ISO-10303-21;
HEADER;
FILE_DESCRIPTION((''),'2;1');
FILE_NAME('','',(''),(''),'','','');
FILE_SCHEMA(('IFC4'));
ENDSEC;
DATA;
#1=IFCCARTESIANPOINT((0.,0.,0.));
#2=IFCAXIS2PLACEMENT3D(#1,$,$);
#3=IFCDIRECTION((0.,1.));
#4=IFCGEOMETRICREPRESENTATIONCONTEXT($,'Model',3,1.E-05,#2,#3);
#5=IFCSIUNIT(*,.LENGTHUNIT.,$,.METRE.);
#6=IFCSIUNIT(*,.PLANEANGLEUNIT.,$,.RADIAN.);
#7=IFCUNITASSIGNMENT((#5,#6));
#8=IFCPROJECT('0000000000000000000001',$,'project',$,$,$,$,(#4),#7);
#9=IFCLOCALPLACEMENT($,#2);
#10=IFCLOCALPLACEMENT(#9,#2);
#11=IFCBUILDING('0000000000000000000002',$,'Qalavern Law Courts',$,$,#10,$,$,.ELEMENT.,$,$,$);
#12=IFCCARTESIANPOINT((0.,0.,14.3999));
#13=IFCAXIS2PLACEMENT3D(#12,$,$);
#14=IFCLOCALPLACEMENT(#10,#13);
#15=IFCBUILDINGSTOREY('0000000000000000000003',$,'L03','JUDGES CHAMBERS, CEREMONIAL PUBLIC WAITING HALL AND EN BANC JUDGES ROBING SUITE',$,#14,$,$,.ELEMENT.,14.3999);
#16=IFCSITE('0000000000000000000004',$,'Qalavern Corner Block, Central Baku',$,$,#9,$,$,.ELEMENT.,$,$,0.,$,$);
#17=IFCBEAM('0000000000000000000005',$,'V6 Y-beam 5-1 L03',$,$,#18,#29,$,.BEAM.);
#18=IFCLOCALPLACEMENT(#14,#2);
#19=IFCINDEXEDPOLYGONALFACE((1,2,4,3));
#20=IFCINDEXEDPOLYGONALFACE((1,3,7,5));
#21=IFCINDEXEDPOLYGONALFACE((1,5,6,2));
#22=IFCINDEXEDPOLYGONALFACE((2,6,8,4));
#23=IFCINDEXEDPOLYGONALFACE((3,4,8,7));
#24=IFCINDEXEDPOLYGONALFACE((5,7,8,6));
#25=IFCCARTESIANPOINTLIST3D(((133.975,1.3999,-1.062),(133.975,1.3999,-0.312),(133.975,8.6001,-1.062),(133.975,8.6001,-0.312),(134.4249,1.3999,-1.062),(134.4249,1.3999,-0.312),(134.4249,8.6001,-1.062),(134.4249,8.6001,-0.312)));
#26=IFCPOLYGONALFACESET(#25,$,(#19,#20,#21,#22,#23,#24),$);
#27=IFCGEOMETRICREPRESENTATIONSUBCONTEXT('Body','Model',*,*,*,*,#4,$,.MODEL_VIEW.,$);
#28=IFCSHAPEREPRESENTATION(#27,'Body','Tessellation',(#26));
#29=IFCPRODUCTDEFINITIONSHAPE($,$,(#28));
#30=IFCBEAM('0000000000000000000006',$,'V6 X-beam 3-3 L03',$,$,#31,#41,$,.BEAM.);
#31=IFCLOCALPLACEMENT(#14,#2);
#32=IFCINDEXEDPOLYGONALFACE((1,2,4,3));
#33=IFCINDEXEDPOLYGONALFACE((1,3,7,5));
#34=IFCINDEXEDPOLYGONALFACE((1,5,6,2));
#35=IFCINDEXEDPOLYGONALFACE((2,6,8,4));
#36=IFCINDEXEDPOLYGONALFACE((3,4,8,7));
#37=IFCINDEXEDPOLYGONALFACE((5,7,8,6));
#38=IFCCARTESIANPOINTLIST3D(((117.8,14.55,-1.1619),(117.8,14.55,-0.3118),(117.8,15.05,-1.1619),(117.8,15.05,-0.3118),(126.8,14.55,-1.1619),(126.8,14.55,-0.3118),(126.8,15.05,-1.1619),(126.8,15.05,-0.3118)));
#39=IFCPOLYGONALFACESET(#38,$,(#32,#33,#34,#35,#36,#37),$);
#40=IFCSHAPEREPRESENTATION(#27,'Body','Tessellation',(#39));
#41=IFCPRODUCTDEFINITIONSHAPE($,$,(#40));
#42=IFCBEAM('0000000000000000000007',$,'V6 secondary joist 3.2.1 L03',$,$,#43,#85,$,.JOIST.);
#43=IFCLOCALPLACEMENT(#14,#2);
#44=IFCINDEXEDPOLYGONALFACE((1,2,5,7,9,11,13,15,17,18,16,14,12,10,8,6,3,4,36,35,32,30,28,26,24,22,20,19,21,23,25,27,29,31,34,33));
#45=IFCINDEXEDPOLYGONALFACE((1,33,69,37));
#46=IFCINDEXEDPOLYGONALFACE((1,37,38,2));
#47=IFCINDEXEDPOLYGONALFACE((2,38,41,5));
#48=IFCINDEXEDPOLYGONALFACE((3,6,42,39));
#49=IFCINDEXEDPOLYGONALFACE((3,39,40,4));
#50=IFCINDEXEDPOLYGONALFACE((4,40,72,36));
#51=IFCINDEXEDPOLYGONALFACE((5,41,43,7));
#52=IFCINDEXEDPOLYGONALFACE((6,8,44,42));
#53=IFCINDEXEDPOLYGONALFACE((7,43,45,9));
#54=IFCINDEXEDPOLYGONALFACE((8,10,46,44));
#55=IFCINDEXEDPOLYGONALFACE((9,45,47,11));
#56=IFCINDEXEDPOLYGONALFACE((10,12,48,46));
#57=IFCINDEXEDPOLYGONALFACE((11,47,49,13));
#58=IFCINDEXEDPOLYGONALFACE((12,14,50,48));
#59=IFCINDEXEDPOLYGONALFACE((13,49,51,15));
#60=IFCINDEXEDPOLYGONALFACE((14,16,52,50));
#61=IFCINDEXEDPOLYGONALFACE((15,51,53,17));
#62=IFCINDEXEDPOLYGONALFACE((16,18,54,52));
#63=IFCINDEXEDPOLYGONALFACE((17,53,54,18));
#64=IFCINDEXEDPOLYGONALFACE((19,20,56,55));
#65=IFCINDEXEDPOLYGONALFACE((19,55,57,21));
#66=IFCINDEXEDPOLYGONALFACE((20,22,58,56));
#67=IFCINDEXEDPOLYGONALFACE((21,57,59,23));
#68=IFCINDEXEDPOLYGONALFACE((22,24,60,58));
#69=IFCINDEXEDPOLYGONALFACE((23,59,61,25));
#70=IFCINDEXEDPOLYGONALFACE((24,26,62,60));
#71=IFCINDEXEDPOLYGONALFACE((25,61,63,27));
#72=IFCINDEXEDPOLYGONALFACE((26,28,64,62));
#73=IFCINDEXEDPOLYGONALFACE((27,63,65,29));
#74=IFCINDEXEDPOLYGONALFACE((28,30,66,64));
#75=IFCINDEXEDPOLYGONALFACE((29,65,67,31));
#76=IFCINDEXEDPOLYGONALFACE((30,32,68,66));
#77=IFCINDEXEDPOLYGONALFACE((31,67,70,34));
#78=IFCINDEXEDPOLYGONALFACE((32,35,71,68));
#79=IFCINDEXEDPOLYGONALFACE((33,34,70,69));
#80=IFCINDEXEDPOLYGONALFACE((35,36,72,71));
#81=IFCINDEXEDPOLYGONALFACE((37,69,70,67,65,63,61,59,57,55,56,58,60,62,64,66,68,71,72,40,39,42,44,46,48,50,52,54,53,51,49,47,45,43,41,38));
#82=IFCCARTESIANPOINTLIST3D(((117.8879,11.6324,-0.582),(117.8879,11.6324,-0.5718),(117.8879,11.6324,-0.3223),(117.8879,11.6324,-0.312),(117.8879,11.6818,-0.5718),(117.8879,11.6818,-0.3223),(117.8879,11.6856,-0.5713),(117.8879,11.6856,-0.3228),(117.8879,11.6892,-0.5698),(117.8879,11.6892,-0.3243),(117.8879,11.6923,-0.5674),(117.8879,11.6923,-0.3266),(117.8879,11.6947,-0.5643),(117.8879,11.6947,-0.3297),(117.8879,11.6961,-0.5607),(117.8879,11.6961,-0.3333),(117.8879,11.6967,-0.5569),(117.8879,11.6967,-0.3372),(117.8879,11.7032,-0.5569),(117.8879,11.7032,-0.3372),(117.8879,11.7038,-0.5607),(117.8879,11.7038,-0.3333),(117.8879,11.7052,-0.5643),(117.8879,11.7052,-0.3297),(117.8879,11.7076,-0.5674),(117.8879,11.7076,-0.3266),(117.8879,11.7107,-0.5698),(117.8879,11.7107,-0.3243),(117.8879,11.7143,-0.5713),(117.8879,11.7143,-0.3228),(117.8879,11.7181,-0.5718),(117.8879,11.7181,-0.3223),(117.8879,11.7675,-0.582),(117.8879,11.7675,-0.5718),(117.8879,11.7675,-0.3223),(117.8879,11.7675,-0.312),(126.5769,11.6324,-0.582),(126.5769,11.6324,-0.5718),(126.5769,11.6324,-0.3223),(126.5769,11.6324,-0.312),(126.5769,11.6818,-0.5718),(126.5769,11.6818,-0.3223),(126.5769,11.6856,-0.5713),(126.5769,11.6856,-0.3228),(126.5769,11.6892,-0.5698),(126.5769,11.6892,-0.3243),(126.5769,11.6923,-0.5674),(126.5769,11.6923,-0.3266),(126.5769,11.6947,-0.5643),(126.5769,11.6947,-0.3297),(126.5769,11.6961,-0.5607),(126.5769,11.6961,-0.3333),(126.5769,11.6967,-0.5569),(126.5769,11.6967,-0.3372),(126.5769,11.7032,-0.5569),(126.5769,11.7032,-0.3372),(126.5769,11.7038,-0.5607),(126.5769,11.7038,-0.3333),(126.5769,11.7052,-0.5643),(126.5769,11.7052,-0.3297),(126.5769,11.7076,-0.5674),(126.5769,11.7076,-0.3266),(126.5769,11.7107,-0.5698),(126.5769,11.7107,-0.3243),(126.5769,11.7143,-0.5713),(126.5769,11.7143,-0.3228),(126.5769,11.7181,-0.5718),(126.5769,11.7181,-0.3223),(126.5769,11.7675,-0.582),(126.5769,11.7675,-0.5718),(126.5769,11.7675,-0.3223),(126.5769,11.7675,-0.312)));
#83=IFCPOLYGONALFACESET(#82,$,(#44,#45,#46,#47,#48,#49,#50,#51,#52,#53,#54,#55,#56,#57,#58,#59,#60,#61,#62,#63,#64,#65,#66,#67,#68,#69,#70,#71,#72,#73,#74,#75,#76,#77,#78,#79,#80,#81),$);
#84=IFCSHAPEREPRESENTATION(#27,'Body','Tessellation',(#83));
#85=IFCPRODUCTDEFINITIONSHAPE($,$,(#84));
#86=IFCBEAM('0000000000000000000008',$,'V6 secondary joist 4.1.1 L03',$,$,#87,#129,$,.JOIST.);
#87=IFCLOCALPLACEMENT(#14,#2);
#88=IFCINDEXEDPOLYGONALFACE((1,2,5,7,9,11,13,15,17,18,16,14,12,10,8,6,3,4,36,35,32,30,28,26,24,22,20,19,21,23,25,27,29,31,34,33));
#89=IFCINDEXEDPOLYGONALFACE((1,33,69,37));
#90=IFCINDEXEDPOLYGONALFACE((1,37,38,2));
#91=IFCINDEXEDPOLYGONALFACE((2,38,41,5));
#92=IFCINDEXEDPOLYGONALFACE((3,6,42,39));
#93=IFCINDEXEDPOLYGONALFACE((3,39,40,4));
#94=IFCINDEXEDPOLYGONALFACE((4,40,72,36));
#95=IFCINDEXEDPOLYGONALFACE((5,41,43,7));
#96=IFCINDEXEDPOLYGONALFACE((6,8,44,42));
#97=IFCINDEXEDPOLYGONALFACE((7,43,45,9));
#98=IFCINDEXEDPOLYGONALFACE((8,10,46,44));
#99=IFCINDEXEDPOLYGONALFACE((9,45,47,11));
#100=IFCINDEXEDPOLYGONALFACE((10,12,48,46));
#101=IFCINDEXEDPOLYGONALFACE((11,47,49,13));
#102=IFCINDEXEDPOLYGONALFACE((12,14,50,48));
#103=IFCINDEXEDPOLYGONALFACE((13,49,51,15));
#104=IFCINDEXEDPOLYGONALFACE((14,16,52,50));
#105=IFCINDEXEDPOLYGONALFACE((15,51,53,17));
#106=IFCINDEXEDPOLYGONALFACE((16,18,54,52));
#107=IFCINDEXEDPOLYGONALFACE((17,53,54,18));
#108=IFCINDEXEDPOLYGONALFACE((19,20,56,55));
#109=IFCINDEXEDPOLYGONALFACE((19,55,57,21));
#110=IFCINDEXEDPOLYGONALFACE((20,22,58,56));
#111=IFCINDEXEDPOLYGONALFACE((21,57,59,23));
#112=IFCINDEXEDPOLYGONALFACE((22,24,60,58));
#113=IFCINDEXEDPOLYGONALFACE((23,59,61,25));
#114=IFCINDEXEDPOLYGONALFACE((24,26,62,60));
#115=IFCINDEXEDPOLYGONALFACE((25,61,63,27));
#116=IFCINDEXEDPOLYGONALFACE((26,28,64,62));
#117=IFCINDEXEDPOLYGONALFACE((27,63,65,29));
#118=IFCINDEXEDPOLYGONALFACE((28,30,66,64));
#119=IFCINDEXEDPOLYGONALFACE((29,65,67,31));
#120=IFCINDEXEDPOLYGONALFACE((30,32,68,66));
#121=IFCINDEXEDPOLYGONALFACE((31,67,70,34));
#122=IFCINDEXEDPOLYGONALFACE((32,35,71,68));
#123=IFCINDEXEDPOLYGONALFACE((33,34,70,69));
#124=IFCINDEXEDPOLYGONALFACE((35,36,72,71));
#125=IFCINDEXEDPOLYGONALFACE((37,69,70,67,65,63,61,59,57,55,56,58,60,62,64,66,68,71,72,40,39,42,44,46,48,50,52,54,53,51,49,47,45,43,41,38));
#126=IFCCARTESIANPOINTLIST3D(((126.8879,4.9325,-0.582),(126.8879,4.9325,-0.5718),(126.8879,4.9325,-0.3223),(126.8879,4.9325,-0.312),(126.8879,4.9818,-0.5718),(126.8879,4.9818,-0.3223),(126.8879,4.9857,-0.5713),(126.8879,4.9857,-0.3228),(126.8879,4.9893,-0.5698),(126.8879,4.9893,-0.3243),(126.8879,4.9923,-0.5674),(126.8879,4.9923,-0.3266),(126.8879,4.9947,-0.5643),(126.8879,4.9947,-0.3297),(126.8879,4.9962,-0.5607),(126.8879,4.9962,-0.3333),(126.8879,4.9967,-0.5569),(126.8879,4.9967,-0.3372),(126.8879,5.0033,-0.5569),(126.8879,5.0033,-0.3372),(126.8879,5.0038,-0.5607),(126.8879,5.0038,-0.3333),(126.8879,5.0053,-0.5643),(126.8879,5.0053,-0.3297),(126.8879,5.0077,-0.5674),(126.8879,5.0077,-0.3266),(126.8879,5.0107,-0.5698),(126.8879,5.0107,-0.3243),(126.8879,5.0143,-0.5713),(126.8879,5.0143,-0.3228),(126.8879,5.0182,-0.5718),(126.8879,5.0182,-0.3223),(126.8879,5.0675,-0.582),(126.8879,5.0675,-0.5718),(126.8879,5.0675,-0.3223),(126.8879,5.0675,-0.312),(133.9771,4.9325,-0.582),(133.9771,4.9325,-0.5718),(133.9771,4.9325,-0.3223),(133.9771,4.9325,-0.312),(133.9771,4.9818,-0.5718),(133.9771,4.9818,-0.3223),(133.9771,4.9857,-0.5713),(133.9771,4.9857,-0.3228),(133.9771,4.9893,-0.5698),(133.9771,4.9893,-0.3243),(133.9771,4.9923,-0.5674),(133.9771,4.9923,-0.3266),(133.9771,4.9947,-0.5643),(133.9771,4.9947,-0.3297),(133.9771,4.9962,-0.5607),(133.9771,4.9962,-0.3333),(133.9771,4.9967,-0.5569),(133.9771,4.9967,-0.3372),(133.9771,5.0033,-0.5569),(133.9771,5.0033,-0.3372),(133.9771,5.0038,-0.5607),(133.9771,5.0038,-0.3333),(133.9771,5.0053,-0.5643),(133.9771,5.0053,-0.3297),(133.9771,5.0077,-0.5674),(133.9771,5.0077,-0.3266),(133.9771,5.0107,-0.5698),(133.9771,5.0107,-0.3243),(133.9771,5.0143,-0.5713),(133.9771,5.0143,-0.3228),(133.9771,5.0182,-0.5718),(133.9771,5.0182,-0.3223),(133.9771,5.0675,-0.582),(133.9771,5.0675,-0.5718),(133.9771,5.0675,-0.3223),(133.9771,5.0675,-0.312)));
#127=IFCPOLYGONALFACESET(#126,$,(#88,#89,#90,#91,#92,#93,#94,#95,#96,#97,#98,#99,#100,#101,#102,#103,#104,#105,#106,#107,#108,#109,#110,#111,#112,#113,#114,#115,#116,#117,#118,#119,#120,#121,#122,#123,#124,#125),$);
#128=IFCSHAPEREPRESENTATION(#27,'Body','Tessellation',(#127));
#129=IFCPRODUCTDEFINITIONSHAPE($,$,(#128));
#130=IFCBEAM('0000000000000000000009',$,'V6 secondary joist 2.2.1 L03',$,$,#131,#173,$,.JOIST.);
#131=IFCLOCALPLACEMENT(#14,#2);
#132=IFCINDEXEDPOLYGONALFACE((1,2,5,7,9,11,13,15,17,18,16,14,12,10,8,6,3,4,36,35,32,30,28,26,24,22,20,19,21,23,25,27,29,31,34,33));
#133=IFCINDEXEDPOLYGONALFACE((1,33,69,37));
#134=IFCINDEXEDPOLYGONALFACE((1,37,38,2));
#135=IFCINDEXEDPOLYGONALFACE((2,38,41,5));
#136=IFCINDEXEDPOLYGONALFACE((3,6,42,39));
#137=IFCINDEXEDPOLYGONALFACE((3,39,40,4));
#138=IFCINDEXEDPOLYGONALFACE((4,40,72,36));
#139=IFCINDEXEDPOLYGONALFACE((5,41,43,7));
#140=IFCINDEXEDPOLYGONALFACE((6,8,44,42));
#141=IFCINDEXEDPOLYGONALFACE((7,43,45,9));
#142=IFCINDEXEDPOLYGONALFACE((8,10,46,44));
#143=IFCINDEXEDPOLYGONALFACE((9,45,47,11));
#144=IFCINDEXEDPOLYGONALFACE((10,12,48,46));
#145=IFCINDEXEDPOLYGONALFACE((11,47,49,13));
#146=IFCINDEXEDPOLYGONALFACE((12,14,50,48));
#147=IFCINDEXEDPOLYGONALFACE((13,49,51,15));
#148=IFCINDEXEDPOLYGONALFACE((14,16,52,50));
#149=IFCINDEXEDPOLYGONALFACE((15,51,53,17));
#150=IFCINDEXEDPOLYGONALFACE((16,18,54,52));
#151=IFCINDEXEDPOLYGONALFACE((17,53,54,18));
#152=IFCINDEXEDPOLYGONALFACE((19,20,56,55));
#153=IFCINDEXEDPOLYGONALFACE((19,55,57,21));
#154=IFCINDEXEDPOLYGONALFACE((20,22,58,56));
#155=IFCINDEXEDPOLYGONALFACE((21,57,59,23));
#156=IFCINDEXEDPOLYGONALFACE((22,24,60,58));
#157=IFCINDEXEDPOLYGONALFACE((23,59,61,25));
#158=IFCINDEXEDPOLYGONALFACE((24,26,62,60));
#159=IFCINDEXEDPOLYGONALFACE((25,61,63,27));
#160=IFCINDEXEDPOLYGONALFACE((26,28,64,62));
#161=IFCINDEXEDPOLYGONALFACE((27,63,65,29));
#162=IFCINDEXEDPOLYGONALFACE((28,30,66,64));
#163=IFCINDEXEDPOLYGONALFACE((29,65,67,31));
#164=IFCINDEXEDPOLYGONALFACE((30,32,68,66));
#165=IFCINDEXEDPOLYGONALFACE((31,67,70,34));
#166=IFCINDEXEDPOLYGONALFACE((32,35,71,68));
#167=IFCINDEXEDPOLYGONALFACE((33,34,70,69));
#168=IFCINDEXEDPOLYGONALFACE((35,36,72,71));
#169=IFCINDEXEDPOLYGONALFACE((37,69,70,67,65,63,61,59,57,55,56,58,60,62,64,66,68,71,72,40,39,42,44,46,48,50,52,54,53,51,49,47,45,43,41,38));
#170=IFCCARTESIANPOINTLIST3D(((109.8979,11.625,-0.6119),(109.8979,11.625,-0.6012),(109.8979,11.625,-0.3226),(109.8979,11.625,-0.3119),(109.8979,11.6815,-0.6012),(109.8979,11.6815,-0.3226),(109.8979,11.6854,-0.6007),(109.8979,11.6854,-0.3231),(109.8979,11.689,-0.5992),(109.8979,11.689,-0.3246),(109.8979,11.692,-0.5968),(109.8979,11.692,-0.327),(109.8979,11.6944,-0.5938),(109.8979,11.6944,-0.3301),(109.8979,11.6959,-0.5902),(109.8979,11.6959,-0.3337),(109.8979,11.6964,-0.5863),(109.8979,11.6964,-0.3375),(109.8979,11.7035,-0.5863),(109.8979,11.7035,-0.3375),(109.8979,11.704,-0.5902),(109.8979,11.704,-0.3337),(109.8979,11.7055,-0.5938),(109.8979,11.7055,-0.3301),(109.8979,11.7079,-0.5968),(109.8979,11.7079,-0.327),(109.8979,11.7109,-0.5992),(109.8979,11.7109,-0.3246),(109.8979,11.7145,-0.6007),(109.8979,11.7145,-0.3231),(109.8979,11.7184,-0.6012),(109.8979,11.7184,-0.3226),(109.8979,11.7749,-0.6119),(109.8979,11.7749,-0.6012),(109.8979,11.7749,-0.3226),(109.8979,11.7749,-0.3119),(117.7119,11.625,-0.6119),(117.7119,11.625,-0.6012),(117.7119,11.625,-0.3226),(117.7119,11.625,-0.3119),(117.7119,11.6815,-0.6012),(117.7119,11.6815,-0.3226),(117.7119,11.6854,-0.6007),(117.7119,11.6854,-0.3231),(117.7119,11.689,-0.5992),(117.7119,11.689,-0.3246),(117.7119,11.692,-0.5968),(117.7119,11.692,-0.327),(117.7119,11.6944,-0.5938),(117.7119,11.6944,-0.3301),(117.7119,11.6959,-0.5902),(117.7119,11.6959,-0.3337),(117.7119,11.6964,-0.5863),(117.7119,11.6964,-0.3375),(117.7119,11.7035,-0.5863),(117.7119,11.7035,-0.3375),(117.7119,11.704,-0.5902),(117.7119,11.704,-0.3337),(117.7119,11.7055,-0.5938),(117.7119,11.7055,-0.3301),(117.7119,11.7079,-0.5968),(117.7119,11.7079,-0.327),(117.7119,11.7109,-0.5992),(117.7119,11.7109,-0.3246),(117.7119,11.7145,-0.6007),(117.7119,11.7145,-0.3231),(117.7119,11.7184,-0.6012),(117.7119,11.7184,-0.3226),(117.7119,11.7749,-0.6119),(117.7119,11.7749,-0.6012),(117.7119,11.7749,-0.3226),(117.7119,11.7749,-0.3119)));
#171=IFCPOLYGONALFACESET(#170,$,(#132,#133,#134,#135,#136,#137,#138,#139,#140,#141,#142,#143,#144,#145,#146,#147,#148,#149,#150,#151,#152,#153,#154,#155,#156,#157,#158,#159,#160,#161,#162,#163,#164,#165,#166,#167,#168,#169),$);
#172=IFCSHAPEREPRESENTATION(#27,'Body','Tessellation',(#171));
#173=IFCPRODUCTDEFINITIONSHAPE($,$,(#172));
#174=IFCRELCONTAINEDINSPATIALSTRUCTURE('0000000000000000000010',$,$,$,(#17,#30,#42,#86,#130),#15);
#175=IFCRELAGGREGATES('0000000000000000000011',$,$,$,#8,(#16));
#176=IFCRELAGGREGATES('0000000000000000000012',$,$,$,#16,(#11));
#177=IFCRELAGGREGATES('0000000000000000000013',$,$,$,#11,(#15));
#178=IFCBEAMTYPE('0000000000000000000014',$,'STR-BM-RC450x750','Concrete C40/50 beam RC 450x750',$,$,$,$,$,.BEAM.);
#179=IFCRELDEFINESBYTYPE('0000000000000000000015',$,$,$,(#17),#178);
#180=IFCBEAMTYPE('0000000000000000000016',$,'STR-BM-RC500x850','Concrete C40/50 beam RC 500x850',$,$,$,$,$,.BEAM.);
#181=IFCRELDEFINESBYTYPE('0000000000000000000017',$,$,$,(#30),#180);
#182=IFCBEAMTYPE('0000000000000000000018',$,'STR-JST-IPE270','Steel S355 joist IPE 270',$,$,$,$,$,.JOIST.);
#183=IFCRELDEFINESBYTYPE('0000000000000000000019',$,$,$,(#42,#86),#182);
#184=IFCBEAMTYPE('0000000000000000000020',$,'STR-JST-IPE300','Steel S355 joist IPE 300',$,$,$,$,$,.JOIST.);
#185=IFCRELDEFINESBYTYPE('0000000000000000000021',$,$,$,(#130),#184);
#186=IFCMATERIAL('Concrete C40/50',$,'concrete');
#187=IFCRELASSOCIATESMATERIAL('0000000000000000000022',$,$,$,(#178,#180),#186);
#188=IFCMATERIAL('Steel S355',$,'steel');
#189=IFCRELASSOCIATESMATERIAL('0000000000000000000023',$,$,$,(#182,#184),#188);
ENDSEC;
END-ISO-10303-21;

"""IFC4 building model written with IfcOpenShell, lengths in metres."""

from ifc_helpers import new_model, si_unit, direction, frame, origin, origin_2d, place, context, subcontext, project, spatial, rectangle, i_section, extrude, material, material_profile, profile_set, type_object, element, save


model = new_model("IFC4")

# Units and contexts
model_context = context("Model", 3, precision=1e-05, world=origin(), true_north=direction((0.0, 1.0)))
body_context = subcontext(model_context, "Body", "Model", "MODEL_VIEW")
ifc_project = project(units=[si_unit("LENGTHUNIT", "METRE"), si_unit("PLANEANGLEUNIT", "RADIAN")], contexts=[model_context])

# Site, building, storey
site_placement = place(None, origin())
site = spatial("IfcSite", under=ifc_project, at=site_placement, Name="Qalavern Corner Block, Central Baku", CompositionType="ELEMENT", RefElevation=0.0)
building_placement = place(site_placement, origin())
building = spatial("IfcBuilding", under=site, at=building_placement, Name="Qalavern Law Courts", CompositionType="ELEMENT")
storey_placement = place(building_placement, frame((0.0, 0.0, 14.3999)))
storey = spatial("IfcBuildingStorey", under=building, at=storey_placement, Name="L03", Description="JUDGES CHAMBERS, CEREMONIAL PUBLIC WAITING HALL AND EN BANC JUDGES ROBING SUITE", CompositionType="ELEMENT", Elevation=14.3999)

# Beams
ifc_material_1 = material(Name="Steel S355", Category="steel")
ifc_material_2 = material(Name="Concrete C40/50", Category="concrete")
ifc_material_profile_1 = material_profile(ifc_material_2, rectangle(XDim=0.45, YDim=0.75, at=origin_2d()), Name="RC 450x750")
ifc_profile_set_1 = profile_set([ifc_material_profile_1], Name="Concrete C40/50")
beam_type_1 = type_object("IfcBeamType", Name="STR-BM-RC450x750", Description="Concrete C40/50 beam RC 450x750", PredefinedType="BEAM", material=ifc_profile_set_1)
beam_1_placement = place(storey_placement, frame((134.2, 1.3999, -0.687), z_axis=(0.0, 1.0, 0.0), x_axis=(-1.0, 0.0, 0.0)))
element("IfcBeam", 1, at=beam_1_placement, inside=storey, type_object=beam_type_1, Name="V6 Y-beam 5-1 L03", PredefinedType="BEAM", context=body_context, shape_type="SweptSolid", body=[
    extrude(rectangle(XDim=0.45, YDim=0.75, at=origin_2d()), origin(), (0.0, 0.0, 1.0), 7.2002),
])
ifc_material_profile_2 = material_profile(ifc_material_2, rectangle(XDim=0.5, YDim=0.8501, at=origin_2d()), Name="RC 500x850")
ifc_profile_set_2 = profile_set([ifc_material_profile_2], Name="Concrete C40/50")
beam_type_2 = type_object("IfcBeamType", Name="STR-BM-RC500x850", Description="Concrete C40/50 beam RC 500x850", PredefinedType="BEAM", material=ifc_profile_set_2)
beam_2_placement = place(storey_placement, frame((117.8, 14.8, -0.7368), z_axis=(1.0, 0.0, 0.0), x_axis=(0.0, 1.0, 0.0)))
element("IfcBeam", 2, at=beam_2_placement, inside=storey, type_object=beam_type_2, Name="V6 X-beam 3-3 L03", PredefinedType="BEAM", context=body_context, shape_type="SweptSolid", body=[
    extrude(rectangle(XDim=0.5, YDim=0.8501, at=origin_2d()), origin(), (0.0, 0.0, 1.0), 9.0),
])
ifc_material_profile_3 = material_profile(ifc_material_1, i_section(OverallWidth=0.135, OverallDepth=0.27, WebThickness=0.0066, FlangeThickness=0.0103, FilletRadius=0.0149, at=origin_2d()), Name="IPE 270")
ifc_profile_set_3 = profile_set([ifc_material_profile_3], Name="Steel S355")
beam_type_3 = type_object("IfcBeamType", Name="STR-JST-IPE270", Description="Steel S355 joist IPE 270", PredefinedType="JOIST", material=ifc_profile_set_3)
beam_3_placement = place(storey_placement, frame((117.8879, 11.7, -0.447), z_axis=(1.0, 0.0, 0.0), x_axis=(0.0, 1.0, 0.0)))
element("IfcBeam", 3, at=beam_3_placement, inside=storey, type_object=beam_type_3, Name="V6 secondary joist 3.2.1 L03", PredefinedType="JOIST", context=body_context, shape_type="SweptSolid", body=[
    extrude(i_section(OverallWidth=0.135, OverallDepth=0.27, WebThickness=0.0066, FlangeThickness=0.0103, FilletRadius=0.0149, at=origin_2d()), origin(), (0.0, 0.0, 1.0), 8.689),
])
beam_4_placement = place(storey_placement, frame((126.8879, 5.0, -0.447), z_axis=(1.0, 0.0, 0.0), x_axis=(0.0, 1.0, 0.0)))
element("IfcBeam", 4, at=beam_4_placement, inside=storey, type_object=beam_type_3, Name="V6 secondary joist 4.1.1 L03", PredefinedType="JOIST", context=body_context, shape_type="SweptSolid", body=[
    extrude(i_section(OverallWidth=0.135, OverallDepth=0.27, WebThickness=0.0066, FlangeThickness=0.0103, FilletRadius=0.0149, at=origin_2d()), origin(), (0.0, 0.0, 1.0), 7.0891),
])
ifc_material_profile_4 = material_profile(ifc_material_1, i_section(OverallWidth=0.1499, OverallDepth=0.3, WebThickness=0.0071, FlangeThickness=0.0107, FilletRadius=0.0149, at=origin_2d()), Name="IPE 300")
ifc_profile_set_4 = profile_set([ifc_material_profile_4], Name="Steel S355")
beam_type_4 = type_object("IfcBeamType", Name="STR-JST-IPE300", Description="Steel S355 joist IPE 300", PredefinedType="JOIST", material=ifc_profile_set_4)
beam_5_placement = place(storey_placement, frame((109.8979, 11.7, -0.4619), z_axis=(1.0, 0.0, 0.0), x_axis=(0.0, 1.0, 0.0)))
element("IfcBeam", 5, at=beam_5_placement, inside=storey, type_object=beam_type_4, Name="V6 secondary joist 2.2.1 L03", PredefinedType="JOIST", context=body_context, shape_type="SweptSolid", body=[
    extrude(i_section(OverallWidth=0.1499, OverallDepth=0.3, WebThickness=0.0071, FlangeThickness=0.0107, FilletRadius=0.0149, at=origin_2d()), origin(), (0.0, 0.0, 1.0), 7.814),
])

save(model, "model.ifc")
